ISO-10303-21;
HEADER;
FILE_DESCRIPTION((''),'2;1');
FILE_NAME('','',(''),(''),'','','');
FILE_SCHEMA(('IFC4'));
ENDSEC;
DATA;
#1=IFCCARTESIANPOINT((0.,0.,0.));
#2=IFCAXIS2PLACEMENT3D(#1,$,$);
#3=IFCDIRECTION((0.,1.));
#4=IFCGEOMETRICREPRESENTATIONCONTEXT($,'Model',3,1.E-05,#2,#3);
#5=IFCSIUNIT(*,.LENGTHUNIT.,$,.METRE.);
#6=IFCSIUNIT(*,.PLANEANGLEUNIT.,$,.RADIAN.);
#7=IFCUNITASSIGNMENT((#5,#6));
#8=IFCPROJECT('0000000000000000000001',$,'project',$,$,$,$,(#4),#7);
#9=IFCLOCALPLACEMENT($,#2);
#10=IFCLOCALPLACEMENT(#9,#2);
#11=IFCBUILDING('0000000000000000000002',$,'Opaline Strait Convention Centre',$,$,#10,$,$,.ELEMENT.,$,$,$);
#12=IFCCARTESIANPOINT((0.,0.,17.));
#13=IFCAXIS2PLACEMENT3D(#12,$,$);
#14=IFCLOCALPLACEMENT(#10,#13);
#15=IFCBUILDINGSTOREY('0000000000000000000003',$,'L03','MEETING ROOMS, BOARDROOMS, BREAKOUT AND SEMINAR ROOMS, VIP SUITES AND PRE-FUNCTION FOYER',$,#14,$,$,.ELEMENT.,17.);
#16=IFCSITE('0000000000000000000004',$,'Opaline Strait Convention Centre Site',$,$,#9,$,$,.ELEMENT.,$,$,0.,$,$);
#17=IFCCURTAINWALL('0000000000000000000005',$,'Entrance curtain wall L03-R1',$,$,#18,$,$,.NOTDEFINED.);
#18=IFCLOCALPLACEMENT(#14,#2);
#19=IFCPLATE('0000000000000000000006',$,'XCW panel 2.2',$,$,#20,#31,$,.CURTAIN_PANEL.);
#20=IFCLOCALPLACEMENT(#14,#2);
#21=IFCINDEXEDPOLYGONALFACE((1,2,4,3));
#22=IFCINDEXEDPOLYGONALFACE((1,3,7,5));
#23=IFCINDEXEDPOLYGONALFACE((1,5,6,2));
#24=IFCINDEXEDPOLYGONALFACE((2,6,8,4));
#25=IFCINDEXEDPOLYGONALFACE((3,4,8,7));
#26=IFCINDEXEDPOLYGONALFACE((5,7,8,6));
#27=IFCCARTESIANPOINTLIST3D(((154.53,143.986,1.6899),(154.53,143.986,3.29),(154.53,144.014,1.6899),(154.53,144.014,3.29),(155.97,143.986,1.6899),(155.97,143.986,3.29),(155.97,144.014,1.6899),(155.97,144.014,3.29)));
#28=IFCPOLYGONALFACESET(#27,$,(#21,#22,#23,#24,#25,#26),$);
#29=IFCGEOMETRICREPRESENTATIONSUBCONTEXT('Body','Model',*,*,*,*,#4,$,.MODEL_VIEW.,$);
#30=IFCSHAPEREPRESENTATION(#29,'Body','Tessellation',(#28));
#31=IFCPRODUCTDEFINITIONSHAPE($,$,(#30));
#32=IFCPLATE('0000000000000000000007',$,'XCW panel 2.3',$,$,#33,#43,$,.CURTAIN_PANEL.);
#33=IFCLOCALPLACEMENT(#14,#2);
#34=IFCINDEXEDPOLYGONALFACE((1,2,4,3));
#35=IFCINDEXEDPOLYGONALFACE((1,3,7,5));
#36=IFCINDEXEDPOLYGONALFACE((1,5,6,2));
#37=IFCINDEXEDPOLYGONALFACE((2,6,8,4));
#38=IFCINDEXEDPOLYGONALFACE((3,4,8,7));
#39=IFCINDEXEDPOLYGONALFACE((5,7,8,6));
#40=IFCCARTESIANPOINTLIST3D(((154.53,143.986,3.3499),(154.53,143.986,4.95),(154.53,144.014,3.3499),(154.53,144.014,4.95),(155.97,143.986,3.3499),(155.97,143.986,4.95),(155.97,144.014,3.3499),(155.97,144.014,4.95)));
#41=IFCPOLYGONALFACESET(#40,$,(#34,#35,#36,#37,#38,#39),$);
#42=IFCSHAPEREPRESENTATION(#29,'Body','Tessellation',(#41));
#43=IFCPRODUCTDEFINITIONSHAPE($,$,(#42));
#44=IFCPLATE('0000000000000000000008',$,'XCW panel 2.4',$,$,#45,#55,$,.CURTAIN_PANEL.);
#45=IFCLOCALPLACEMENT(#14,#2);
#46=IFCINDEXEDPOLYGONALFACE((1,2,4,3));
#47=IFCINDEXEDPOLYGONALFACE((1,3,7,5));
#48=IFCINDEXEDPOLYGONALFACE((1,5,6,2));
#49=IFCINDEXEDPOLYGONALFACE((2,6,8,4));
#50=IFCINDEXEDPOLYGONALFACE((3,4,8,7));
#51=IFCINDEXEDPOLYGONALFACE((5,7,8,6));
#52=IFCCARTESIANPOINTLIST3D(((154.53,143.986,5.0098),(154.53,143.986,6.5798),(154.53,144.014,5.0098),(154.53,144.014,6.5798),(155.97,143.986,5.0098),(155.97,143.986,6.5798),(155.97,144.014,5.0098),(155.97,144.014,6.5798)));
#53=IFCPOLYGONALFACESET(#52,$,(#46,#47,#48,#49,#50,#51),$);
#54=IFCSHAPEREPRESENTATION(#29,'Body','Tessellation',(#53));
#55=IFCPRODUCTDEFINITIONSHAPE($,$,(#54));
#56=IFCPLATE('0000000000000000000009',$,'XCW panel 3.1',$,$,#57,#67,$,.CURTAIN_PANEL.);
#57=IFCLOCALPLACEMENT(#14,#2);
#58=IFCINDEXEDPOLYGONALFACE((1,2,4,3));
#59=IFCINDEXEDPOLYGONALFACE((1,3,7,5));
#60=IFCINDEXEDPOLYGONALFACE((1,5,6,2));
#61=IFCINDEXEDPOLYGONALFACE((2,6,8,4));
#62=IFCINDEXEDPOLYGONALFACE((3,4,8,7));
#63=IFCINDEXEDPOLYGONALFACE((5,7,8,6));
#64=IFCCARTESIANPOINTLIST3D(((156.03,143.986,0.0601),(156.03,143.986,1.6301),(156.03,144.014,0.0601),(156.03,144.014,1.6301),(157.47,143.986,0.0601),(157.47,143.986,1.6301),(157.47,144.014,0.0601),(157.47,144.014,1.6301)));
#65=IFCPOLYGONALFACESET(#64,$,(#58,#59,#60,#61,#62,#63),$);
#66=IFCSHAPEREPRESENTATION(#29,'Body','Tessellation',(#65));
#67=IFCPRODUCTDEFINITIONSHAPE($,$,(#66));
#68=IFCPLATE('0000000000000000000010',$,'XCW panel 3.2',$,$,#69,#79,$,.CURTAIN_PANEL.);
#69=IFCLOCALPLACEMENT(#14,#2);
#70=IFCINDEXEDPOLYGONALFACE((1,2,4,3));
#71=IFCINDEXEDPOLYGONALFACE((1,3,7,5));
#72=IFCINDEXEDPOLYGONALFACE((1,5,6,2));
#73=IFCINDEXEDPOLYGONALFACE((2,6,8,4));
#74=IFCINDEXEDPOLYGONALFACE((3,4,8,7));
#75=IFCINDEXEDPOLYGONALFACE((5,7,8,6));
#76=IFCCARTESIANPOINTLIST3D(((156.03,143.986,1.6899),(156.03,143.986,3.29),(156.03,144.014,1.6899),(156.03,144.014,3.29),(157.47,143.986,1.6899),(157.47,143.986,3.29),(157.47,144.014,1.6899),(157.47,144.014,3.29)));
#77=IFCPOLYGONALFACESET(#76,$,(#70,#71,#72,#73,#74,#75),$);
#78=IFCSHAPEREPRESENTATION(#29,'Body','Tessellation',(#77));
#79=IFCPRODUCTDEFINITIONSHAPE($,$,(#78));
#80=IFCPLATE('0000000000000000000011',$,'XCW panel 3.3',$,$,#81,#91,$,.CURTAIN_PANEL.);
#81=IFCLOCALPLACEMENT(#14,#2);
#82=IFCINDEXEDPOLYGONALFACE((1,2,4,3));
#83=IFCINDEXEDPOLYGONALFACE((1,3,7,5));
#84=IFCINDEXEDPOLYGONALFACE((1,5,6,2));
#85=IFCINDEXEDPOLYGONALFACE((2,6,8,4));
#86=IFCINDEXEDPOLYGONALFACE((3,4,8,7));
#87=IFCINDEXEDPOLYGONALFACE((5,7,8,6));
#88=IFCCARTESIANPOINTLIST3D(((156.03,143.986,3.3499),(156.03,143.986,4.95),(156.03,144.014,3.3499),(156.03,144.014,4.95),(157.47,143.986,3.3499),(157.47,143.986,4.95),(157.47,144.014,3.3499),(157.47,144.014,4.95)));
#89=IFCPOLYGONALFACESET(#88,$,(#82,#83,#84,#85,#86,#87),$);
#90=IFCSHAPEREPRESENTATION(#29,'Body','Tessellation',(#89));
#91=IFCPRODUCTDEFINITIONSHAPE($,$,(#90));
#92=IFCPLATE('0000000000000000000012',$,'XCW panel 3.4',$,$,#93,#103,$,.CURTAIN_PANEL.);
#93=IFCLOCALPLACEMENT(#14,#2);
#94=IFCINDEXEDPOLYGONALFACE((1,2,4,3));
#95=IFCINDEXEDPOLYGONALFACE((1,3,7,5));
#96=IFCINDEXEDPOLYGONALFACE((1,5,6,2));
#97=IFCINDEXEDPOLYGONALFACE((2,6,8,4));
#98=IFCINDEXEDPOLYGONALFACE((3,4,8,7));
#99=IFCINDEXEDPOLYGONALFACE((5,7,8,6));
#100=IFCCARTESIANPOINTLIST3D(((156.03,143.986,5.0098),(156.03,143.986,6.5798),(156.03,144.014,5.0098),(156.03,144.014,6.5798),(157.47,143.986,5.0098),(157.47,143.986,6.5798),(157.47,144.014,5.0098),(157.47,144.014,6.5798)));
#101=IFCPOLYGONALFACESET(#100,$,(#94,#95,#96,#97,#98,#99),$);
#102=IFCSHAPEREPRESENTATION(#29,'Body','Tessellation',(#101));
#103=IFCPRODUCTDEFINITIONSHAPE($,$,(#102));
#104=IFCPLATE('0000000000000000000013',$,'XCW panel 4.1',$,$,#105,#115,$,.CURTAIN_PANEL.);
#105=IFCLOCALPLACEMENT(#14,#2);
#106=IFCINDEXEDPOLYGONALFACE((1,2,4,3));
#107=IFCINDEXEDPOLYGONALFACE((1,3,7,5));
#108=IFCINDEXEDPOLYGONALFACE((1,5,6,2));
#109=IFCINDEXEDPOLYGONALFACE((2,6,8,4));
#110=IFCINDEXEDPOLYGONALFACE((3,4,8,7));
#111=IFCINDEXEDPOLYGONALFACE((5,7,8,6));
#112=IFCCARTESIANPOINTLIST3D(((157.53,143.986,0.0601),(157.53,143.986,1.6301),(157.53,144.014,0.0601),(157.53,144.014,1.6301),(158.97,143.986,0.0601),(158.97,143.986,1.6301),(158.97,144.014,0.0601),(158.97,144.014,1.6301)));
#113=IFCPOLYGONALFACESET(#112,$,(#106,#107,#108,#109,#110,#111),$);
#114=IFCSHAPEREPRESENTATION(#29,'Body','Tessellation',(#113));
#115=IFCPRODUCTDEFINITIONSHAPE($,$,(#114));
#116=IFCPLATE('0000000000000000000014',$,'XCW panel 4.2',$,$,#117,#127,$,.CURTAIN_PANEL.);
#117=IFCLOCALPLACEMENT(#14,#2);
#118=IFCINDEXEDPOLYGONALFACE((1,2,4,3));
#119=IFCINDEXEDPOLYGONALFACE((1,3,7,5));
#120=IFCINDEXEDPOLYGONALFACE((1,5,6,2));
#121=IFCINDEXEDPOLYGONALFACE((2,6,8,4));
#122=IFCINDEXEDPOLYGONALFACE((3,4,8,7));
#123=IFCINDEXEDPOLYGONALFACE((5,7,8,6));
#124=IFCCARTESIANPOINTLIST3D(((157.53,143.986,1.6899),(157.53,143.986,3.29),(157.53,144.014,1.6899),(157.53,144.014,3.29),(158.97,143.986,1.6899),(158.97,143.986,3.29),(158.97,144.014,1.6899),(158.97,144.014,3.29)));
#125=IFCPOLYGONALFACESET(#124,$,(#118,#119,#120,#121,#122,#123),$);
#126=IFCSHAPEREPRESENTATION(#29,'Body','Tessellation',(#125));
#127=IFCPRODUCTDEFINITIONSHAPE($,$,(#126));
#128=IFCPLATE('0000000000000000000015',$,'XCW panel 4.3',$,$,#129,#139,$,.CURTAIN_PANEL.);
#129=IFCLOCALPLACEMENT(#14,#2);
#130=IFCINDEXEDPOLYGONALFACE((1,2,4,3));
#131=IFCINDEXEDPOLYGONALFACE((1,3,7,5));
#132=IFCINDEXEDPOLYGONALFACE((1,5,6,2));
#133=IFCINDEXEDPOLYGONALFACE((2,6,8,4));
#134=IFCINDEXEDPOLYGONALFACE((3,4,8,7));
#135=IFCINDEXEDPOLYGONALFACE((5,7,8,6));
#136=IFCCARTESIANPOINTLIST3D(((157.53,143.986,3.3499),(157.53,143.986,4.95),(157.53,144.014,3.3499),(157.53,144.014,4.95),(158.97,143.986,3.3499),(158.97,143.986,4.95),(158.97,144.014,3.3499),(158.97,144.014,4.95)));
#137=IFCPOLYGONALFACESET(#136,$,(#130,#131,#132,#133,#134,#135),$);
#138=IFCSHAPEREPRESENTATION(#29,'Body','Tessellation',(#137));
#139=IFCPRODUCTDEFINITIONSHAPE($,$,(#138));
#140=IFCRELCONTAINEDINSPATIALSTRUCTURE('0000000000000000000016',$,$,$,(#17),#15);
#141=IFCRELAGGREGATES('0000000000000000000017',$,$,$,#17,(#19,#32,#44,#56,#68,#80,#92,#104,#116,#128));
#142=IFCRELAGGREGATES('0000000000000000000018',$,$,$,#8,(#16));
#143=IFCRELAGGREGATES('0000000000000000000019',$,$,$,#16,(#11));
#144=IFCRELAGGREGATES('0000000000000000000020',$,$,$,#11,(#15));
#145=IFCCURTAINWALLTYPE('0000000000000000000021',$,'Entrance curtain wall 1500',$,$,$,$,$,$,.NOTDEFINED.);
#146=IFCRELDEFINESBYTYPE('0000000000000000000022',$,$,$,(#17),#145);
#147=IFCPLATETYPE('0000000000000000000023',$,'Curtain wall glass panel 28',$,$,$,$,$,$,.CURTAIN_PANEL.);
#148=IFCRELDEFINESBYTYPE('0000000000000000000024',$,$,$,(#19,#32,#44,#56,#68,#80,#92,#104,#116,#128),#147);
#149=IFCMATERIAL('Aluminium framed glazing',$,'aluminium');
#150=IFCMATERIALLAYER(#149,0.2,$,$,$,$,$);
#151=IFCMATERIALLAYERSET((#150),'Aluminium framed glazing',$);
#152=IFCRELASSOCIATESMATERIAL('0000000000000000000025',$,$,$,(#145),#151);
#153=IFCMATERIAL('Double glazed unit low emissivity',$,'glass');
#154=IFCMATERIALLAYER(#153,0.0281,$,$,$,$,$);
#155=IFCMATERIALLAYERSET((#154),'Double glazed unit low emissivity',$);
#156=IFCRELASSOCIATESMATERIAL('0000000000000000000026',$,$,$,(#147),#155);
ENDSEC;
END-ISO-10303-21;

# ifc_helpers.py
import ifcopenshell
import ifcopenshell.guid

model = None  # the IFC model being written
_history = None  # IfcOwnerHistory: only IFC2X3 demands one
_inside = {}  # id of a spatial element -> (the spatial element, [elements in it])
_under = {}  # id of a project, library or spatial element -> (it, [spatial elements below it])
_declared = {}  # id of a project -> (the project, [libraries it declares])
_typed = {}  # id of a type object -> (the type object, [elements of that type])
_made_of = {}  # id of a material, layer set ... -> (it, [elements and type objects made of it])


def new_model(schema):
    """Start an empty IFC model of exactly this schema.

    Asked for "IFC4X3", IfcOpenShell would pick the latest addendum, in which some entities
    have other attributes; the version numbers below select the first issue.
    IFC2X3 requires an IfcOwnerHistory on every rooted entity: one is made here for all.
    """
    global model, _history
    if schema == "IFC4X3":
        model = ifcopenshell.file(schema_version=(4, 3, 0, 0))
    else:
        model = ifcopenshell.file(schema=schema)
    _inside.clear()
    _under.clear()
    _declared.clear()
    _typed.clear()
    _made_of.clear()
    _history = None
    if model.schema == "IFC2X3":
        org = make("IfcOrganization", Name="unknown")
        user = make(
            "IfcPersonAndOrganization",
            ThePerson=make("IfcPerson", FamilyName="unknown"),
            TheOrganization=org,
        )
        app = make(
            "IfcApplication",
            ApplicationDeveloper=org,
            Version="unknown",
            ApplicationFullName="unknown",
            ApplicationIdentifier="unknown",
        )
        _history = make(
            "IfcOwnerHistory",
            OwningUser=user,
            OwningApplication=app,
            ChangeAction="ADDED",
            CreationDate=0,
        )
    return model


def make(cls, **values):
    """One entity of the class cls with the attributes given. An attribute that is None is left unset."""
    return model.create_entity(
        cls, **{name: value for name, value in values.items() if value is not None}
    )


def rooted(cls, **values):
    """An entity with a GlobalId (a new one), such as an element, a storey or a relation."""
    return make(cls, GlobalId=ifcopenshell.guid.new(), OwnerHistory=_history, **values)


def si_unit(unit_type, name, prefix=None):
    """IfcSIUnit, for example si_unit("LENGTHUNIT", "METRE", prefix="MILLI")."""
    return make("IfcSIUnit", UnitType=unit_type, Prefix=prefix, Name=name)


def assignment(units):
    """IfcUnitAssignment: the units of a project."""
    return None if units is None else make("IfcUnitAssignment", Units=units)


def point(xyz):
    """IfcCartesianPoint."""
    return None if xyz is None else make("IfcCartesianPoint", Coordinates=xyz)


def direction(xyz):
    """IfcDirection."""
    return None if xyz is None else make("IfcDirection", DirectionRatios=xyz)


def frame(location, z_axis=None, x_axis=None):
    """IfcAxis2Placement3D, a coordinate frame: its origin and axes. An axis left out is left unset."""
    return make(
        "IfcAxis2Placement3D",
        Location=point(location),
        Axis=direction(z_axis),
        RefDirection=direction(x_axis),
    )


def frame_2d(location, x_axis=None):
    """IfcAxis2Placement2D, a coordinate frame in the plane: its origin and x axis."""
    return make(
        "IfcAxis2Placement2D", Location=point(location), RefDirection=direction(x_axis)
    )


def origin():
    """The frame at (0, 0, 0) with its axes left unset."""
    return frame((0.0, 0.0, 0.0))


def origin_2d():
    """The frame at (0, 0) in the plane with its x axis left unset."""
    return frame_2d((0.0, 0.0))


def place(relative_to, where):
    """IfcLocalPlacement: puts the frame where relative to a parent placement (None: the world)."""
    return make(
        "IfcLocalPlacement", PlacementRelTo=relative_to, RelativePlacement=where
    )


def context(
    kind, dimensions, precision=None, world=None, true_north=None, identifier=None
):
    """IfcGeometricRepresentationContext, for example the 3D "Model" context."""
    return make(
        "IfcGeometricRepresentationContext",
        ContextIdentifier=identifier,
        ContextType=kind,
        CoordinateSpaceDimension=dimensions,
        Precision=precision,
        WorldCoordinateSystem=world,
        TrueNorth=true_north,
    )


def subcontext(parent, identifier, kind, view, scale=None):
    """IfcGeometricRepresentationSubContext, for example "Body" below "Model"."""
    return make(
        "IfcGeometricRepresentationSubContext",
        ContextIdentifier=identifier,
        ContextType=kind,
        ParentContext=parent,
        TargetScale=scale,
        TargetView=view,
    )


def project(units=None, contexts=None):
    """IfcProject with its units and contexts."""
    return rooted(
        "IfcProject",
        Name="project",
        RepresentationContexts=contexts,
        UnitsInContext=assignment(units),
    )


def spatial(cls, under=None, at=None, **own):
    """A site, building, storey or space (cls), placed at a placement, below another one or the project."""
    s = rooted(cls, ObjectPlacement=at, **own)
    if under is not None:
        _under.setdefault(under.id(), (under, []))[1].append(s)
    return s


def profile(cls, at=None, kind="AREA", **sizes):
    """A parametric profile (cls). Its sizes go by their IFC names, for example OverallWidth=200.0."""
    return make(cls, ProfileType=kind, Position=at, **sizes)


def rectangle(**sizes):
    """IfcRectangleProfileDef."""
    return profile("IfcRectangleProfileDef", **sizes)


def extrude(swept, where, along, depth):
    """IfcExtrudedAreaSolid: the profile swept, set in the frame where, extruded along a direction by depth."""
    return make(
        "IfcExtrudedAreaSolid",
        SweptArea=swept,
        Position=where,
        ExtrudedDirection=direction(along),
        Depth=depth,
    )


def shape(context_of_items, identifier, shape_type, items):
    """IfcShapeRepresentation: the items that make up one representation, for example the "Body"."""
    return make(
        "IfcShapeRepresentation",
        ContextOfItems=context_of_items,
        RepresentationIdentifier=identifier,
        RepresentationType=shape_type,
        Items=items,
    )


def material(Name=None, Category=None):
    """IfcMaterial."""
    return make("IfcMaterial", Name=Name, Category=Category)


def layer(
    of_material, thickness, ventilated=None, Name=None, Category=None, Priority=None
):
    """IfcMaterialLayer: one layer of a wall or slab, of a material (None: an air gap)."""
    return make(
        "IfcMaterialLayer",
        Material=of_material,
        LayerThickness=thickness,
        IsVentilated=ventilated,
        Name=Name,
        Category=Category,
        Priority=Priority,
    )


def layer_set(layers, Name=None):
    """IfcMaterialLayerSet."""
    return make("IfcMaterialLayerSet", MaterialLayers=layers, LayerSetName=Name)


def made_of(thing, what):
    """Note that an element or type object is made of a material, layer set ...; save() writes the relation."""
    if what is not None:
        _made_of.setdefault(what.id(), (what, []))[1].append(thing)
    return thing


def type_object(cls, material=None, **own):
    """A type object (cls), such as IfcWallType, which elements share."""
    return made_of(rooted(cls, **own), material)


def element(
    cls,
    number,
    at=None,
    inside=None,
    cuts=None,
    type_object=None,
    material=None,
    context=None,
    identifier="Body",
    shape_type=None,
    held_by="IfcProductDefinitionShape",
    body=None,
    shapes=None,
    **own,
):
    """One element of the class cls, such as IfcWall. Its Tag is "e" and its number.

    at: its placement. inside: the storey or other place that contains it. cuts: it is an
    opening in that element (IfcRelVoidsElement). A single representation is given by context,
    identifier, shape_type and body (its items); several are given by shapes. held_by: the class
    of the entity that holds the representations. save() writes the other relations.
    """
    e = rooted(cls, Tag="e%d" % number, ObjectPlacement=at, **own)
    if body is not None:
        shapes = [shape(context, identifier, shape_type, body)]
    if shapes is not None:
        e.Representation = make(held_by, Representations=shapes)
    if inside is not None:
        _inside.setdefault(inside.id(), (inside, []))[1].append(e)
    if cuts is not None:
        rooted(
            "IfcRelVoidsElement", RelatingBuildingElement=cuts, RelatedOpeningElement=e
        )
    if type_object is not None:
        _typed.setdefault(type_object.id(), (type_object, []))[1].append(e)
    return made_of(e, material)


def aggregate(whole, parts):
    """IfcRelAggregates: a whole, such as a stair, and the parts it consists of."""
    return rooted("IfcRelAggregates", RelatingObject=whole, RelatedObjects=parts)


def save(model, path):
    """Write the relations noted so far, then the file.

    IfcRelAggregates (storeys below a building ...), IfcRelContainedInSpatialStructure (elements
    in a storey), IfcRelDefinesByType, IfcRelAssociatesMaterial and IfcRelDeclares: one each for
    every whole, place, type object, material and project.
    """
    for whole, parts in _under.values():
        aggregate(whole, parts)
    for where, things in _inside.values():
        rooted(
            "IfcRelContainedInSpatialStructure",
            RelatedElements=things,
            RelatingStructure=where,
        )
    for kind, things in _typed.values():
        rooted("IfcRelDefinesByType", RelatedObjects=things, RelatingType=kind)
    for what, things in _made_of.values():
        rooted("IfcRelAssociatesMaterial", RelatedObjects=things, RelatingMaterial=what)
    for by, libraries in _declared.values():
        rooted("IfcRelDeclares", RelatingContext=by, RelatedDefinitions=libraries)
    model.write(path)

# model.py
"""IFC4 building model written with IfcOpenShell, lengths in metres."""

from ifc_helpers import new_model, si_unit, direction, frame, origin, origin_2d, place, context, subcontext, project, spatial, rectangle, extrude, material, layer, layer_set, type_object, element, aggregate, save


model = new_model("IFC4")

# Units and contexts
model_context = context("Model", 3, precision=1e-05, world=origin(), true_north=direction((0.0, 1.0)))
body_context = subcontext(model_context, "Body", "Model", "MODEL_VIEW")
ifc_project = project(units=[si_unit("LENGTHUNIT", "METRE"), si_unit("PLANEANGLEUNIT", "RADIAN")], contexts=[model_context])

# Site, building, storey
site_placement = place(None, origin())
site = spatial("IfcSite", under=ifc_project, at=site_placement, Name="Opaline Strait Convention Centre Site", CompositionType="ELEMENT", RefElevation=0.0)
building_placement = place(site_placement, origin())
building = spatial("IfcBuilding", under=site, at=building_placement, Name="Opaline Strait Convention Centre", CompositionType="ELEMENT")
storey_placement = place(building_placement, frame((0.0, 0.0, 17.0)))
storey = spatial("IfcBuildingStorey", under=building, at=storey_placement, Name="L03", Description="MEETING ROOMS, BOARDROOMS, BREAKOUT AND SEMINAR ROOMS, VIP SUITES AND PRE-FUNCTION FOYER", CompositionType="ELEMENT", Elevation=17.0)

# Curtain wall, plates
ifc_material_1 = material(Name="Aluminium framed glazing", Category="aluminium")
ifc_layer_1 = layer(ifc_material_1, 0.2)
ifc_layer_set_1 = layer_set([ifc_layer_1], Name="Aluminium framed glazing")
curtain_wall_type = type_object("IfcCurtainWallType", Name="Entrance curtain wall 1500", PredefinedType="NOTDEFINED", material=ifc_layer_set_1)
curtain_wall_placement = place(storey_placement, origin())
curtain_wall = element("IfcCurtainWall", 1, at=curtain_wall_placement, inside=storey, type_object=curtain_wall_type, Name="Entrance curtain wall L03-R1", PredefinedType="NOTDEFINED")
ifc_material_2 = material(Name="Double glazed unit low emissivity", Category="glass")
ifc_layer_2 = layer(ifc_material_2, 0.0281)
ifc_layer_set_2 = layer_set([ifc_layer_2], Name="Double glazed unit low emissivity")
plate_type = type_object("IfcPlateType", Name="Curtain wall glass panel 28", PredefinedType="CURTAIN_PANEL", material=ifc_layer_set_2)
plate_1_placement = place(storey_placement, frame((155.25, 144.0, 1.6899), z_axis=(0.0, 0.0, 1.0), x_axis=(1.0, 0.0, 0.0)))
plate_1 = element("IfcPlate", 2, at=plate_1_placement, type_object=plate_type, Name="XCW panel 2.2", PredefinedType="CURTAIN_PANEL", context=body_context, shape_type="SweptSolid", body=[
    extrude(rectangle(XDim=1.4399, YDim=0.0281, at=origin_2d()), origin(), (0.0, 0.0, 1.0), 1.6001),
])
plate_2_placement = place(storey_placement, frame((155.25, 144.0, 3.3499), z_axis=(0.0, 0.0, 1.0), x_axis=(1.0, 0.0, 0.0)))
plate_2 = element("IfcPlate", 3, at=plate_2_placement, type_object=plate_type, Name="XCW panel 2.3", PredefinedType="CURTAIN_PANEL", context=body_context, shape_type="SweptSolid", body=[
    extrude(rectangle(XDim=1.4399, YDim=0.0281, at=origin_2d()), origin(), (0.0, 0.0, 1.0), 1.6001),
])
plate_3_placement = place(storey_placement, frame((155.25, 144.0, 5.0098), z_axis=(0.0, 0.0, 1.0), x_axis=(1.0, 0.0, 0.0)))
plate_3 = element("IfcPlate", 4, at=plate_3_placement, type_object=plate_type, Name="XCW panel 2.4", PredefinedType="CURTAIN_PANEL", context=body_context, shape_type="SweptSolid", body=[
    extrude(rectangle(XDim=1.4399, YDim=0.0281, at=origin_2d()), origin(), (0.0, 0.0, 1.0), 1.5701),
])
plate_4_placement = place(storey_placement, frame((156.75, 144.0, 0.0601), z_axis=(0.0, 0.0, 1.0), x_axis=(1.0, 0.0, 0.0)))
plate_4 = element("IfcPlate", 5, at=plate_4_placement, type_object=plate_type, Name="XCW panel 3.1", PredefinedType="CURTAIN_PANEL", context=body_context, shape_type="SweptSolid", body=[
    extrude(rectangle(XDim=1.4399, YDim=0.0281, at=origin_2d()), origin(), (0.0, 0.0, 1.0), 1.5701),
])
plate_5_placement = place(storey_placement, frame((156.75, 144.0, 1.6899), z_axis=(0.0, 0.0, 1.0), x_axis=(1.0, 0.0, 0.0)))
plate_5 = element("IfcPlate", 6, at=plate_5_placement, type_object=plate_type, Name="XCW panel 3.2", PredefinedType="CURTAIN_PANEL", context=body_context, shape_type="SweptSolid", body=[
    extrude(rectangle(XDim=1.4399, YDim=0.0281, at=origin_2d()), origin(), (0.0, 0.0, 1.0), 1.6001),
])
plate_6_placement = place(storey_placement, frame((156.75, 144.0, 3.3499), z_axis=(0.0, 0.0, 1.0), x_axis=(1.0, 0.0, 0.0)))
plate_6 = element("IfcPlate", 7, at=plate_6_placement, type_object=plate_type, Name="XCW panel 3.3", PredefinedType="CURTAIN_PANEL", context=body_context, shape_type="SweptSolid", body=[
    extrude(rectangle(XDim=1.4399, YDim=0.0281, at=origin_2d()), origin(), (0.0, 0.0, 1.0), 1.6001),
])
plate_7_placement = place(storey_placement, frame((156.75, 144.0, 5.0098), z_axis=(0.0, 0.0, 1.0), x_axis=(1.0, 0.0, 0.0)))
plate_7 = element("IfcPlate", 8, at=plate_7_placement, type_object=plate_type, Name="XCW panel 3.4", PredefinedType="CURTAIN_PANEL", context=body_context, shape_type="SweptSolid", body=[
    extrude(rectangle(XDim=1.4399, YDim=0.0281, at=origin_2d()), origin(), (0.0, 0.0, 1.0), 1.5701),
])
plate_8_placement = place(storey_placement, frame((158.25, 144.0, 0.0601), z_axis=(0.0, 0.0, 1.0), x_axis=(1.0, 0.0, 0.0)))
plate_8 = element("IfcPlate", 9, at=plate_8_placement, type_object=plate_type, Name="XCW panel 4.1", PredefinedType="CURTAIN_PANEL", context=body_context, shape_type="SweptSolid", body=[
    extrude(rectangle(XDim=1.4399, YDim=0.0281, at=origin_2d()), origin(), (0.0, 0.0, 1.0), 1.5701),
])
plate_9_placement = place(storey_placement, frame((158.25, 144.0, 1.6899), z_axis=(0.0, 0.0, 1.0), x_axis=(1.0, 0.0, 0.0)))
plate_9 = element("IfcPlate", 10, at=plate_9_placement, type_object=plate_type, Name="XCW panel 4.2", PredefinedType="CURTAIN_PANEL", context=body_context, shape_type="SweptSolid", body=[
    extrude(rectangle(XDim=1.4399, YDim=0.0281, at=origin_2d()), origin(), (0.0, 0.0, 1.0), 1.6001),
])
plate_10_placement = place(storey_placement, frame((158.25, 144.0, 3.3499), z_axis=(0.0, 0.0, 1.0), x_axis=(1.0, 0.0, 0.0)))
plate_10 = element("IfcPlate", 11, at=plate_10_placement, type_object=plate_type, Name="XCW panel 4.3", PredefinedType="CURTAIN_PANEL", context=body_context, shape_type="SweptSolid", body=[
    extrude(rectangle(XDim=1.4399, YDim=0.0281, at=origin_2d()), origin(), (0.0, 0.0, 1.0), 1.6001),
])
aggregate(curtain_wall, [plate_1, plate_2, plate_3, plate_4, plate_5, plate_6, plate_7, plate_8, plate_9, plate_10])

save(model, "model.ifc")
